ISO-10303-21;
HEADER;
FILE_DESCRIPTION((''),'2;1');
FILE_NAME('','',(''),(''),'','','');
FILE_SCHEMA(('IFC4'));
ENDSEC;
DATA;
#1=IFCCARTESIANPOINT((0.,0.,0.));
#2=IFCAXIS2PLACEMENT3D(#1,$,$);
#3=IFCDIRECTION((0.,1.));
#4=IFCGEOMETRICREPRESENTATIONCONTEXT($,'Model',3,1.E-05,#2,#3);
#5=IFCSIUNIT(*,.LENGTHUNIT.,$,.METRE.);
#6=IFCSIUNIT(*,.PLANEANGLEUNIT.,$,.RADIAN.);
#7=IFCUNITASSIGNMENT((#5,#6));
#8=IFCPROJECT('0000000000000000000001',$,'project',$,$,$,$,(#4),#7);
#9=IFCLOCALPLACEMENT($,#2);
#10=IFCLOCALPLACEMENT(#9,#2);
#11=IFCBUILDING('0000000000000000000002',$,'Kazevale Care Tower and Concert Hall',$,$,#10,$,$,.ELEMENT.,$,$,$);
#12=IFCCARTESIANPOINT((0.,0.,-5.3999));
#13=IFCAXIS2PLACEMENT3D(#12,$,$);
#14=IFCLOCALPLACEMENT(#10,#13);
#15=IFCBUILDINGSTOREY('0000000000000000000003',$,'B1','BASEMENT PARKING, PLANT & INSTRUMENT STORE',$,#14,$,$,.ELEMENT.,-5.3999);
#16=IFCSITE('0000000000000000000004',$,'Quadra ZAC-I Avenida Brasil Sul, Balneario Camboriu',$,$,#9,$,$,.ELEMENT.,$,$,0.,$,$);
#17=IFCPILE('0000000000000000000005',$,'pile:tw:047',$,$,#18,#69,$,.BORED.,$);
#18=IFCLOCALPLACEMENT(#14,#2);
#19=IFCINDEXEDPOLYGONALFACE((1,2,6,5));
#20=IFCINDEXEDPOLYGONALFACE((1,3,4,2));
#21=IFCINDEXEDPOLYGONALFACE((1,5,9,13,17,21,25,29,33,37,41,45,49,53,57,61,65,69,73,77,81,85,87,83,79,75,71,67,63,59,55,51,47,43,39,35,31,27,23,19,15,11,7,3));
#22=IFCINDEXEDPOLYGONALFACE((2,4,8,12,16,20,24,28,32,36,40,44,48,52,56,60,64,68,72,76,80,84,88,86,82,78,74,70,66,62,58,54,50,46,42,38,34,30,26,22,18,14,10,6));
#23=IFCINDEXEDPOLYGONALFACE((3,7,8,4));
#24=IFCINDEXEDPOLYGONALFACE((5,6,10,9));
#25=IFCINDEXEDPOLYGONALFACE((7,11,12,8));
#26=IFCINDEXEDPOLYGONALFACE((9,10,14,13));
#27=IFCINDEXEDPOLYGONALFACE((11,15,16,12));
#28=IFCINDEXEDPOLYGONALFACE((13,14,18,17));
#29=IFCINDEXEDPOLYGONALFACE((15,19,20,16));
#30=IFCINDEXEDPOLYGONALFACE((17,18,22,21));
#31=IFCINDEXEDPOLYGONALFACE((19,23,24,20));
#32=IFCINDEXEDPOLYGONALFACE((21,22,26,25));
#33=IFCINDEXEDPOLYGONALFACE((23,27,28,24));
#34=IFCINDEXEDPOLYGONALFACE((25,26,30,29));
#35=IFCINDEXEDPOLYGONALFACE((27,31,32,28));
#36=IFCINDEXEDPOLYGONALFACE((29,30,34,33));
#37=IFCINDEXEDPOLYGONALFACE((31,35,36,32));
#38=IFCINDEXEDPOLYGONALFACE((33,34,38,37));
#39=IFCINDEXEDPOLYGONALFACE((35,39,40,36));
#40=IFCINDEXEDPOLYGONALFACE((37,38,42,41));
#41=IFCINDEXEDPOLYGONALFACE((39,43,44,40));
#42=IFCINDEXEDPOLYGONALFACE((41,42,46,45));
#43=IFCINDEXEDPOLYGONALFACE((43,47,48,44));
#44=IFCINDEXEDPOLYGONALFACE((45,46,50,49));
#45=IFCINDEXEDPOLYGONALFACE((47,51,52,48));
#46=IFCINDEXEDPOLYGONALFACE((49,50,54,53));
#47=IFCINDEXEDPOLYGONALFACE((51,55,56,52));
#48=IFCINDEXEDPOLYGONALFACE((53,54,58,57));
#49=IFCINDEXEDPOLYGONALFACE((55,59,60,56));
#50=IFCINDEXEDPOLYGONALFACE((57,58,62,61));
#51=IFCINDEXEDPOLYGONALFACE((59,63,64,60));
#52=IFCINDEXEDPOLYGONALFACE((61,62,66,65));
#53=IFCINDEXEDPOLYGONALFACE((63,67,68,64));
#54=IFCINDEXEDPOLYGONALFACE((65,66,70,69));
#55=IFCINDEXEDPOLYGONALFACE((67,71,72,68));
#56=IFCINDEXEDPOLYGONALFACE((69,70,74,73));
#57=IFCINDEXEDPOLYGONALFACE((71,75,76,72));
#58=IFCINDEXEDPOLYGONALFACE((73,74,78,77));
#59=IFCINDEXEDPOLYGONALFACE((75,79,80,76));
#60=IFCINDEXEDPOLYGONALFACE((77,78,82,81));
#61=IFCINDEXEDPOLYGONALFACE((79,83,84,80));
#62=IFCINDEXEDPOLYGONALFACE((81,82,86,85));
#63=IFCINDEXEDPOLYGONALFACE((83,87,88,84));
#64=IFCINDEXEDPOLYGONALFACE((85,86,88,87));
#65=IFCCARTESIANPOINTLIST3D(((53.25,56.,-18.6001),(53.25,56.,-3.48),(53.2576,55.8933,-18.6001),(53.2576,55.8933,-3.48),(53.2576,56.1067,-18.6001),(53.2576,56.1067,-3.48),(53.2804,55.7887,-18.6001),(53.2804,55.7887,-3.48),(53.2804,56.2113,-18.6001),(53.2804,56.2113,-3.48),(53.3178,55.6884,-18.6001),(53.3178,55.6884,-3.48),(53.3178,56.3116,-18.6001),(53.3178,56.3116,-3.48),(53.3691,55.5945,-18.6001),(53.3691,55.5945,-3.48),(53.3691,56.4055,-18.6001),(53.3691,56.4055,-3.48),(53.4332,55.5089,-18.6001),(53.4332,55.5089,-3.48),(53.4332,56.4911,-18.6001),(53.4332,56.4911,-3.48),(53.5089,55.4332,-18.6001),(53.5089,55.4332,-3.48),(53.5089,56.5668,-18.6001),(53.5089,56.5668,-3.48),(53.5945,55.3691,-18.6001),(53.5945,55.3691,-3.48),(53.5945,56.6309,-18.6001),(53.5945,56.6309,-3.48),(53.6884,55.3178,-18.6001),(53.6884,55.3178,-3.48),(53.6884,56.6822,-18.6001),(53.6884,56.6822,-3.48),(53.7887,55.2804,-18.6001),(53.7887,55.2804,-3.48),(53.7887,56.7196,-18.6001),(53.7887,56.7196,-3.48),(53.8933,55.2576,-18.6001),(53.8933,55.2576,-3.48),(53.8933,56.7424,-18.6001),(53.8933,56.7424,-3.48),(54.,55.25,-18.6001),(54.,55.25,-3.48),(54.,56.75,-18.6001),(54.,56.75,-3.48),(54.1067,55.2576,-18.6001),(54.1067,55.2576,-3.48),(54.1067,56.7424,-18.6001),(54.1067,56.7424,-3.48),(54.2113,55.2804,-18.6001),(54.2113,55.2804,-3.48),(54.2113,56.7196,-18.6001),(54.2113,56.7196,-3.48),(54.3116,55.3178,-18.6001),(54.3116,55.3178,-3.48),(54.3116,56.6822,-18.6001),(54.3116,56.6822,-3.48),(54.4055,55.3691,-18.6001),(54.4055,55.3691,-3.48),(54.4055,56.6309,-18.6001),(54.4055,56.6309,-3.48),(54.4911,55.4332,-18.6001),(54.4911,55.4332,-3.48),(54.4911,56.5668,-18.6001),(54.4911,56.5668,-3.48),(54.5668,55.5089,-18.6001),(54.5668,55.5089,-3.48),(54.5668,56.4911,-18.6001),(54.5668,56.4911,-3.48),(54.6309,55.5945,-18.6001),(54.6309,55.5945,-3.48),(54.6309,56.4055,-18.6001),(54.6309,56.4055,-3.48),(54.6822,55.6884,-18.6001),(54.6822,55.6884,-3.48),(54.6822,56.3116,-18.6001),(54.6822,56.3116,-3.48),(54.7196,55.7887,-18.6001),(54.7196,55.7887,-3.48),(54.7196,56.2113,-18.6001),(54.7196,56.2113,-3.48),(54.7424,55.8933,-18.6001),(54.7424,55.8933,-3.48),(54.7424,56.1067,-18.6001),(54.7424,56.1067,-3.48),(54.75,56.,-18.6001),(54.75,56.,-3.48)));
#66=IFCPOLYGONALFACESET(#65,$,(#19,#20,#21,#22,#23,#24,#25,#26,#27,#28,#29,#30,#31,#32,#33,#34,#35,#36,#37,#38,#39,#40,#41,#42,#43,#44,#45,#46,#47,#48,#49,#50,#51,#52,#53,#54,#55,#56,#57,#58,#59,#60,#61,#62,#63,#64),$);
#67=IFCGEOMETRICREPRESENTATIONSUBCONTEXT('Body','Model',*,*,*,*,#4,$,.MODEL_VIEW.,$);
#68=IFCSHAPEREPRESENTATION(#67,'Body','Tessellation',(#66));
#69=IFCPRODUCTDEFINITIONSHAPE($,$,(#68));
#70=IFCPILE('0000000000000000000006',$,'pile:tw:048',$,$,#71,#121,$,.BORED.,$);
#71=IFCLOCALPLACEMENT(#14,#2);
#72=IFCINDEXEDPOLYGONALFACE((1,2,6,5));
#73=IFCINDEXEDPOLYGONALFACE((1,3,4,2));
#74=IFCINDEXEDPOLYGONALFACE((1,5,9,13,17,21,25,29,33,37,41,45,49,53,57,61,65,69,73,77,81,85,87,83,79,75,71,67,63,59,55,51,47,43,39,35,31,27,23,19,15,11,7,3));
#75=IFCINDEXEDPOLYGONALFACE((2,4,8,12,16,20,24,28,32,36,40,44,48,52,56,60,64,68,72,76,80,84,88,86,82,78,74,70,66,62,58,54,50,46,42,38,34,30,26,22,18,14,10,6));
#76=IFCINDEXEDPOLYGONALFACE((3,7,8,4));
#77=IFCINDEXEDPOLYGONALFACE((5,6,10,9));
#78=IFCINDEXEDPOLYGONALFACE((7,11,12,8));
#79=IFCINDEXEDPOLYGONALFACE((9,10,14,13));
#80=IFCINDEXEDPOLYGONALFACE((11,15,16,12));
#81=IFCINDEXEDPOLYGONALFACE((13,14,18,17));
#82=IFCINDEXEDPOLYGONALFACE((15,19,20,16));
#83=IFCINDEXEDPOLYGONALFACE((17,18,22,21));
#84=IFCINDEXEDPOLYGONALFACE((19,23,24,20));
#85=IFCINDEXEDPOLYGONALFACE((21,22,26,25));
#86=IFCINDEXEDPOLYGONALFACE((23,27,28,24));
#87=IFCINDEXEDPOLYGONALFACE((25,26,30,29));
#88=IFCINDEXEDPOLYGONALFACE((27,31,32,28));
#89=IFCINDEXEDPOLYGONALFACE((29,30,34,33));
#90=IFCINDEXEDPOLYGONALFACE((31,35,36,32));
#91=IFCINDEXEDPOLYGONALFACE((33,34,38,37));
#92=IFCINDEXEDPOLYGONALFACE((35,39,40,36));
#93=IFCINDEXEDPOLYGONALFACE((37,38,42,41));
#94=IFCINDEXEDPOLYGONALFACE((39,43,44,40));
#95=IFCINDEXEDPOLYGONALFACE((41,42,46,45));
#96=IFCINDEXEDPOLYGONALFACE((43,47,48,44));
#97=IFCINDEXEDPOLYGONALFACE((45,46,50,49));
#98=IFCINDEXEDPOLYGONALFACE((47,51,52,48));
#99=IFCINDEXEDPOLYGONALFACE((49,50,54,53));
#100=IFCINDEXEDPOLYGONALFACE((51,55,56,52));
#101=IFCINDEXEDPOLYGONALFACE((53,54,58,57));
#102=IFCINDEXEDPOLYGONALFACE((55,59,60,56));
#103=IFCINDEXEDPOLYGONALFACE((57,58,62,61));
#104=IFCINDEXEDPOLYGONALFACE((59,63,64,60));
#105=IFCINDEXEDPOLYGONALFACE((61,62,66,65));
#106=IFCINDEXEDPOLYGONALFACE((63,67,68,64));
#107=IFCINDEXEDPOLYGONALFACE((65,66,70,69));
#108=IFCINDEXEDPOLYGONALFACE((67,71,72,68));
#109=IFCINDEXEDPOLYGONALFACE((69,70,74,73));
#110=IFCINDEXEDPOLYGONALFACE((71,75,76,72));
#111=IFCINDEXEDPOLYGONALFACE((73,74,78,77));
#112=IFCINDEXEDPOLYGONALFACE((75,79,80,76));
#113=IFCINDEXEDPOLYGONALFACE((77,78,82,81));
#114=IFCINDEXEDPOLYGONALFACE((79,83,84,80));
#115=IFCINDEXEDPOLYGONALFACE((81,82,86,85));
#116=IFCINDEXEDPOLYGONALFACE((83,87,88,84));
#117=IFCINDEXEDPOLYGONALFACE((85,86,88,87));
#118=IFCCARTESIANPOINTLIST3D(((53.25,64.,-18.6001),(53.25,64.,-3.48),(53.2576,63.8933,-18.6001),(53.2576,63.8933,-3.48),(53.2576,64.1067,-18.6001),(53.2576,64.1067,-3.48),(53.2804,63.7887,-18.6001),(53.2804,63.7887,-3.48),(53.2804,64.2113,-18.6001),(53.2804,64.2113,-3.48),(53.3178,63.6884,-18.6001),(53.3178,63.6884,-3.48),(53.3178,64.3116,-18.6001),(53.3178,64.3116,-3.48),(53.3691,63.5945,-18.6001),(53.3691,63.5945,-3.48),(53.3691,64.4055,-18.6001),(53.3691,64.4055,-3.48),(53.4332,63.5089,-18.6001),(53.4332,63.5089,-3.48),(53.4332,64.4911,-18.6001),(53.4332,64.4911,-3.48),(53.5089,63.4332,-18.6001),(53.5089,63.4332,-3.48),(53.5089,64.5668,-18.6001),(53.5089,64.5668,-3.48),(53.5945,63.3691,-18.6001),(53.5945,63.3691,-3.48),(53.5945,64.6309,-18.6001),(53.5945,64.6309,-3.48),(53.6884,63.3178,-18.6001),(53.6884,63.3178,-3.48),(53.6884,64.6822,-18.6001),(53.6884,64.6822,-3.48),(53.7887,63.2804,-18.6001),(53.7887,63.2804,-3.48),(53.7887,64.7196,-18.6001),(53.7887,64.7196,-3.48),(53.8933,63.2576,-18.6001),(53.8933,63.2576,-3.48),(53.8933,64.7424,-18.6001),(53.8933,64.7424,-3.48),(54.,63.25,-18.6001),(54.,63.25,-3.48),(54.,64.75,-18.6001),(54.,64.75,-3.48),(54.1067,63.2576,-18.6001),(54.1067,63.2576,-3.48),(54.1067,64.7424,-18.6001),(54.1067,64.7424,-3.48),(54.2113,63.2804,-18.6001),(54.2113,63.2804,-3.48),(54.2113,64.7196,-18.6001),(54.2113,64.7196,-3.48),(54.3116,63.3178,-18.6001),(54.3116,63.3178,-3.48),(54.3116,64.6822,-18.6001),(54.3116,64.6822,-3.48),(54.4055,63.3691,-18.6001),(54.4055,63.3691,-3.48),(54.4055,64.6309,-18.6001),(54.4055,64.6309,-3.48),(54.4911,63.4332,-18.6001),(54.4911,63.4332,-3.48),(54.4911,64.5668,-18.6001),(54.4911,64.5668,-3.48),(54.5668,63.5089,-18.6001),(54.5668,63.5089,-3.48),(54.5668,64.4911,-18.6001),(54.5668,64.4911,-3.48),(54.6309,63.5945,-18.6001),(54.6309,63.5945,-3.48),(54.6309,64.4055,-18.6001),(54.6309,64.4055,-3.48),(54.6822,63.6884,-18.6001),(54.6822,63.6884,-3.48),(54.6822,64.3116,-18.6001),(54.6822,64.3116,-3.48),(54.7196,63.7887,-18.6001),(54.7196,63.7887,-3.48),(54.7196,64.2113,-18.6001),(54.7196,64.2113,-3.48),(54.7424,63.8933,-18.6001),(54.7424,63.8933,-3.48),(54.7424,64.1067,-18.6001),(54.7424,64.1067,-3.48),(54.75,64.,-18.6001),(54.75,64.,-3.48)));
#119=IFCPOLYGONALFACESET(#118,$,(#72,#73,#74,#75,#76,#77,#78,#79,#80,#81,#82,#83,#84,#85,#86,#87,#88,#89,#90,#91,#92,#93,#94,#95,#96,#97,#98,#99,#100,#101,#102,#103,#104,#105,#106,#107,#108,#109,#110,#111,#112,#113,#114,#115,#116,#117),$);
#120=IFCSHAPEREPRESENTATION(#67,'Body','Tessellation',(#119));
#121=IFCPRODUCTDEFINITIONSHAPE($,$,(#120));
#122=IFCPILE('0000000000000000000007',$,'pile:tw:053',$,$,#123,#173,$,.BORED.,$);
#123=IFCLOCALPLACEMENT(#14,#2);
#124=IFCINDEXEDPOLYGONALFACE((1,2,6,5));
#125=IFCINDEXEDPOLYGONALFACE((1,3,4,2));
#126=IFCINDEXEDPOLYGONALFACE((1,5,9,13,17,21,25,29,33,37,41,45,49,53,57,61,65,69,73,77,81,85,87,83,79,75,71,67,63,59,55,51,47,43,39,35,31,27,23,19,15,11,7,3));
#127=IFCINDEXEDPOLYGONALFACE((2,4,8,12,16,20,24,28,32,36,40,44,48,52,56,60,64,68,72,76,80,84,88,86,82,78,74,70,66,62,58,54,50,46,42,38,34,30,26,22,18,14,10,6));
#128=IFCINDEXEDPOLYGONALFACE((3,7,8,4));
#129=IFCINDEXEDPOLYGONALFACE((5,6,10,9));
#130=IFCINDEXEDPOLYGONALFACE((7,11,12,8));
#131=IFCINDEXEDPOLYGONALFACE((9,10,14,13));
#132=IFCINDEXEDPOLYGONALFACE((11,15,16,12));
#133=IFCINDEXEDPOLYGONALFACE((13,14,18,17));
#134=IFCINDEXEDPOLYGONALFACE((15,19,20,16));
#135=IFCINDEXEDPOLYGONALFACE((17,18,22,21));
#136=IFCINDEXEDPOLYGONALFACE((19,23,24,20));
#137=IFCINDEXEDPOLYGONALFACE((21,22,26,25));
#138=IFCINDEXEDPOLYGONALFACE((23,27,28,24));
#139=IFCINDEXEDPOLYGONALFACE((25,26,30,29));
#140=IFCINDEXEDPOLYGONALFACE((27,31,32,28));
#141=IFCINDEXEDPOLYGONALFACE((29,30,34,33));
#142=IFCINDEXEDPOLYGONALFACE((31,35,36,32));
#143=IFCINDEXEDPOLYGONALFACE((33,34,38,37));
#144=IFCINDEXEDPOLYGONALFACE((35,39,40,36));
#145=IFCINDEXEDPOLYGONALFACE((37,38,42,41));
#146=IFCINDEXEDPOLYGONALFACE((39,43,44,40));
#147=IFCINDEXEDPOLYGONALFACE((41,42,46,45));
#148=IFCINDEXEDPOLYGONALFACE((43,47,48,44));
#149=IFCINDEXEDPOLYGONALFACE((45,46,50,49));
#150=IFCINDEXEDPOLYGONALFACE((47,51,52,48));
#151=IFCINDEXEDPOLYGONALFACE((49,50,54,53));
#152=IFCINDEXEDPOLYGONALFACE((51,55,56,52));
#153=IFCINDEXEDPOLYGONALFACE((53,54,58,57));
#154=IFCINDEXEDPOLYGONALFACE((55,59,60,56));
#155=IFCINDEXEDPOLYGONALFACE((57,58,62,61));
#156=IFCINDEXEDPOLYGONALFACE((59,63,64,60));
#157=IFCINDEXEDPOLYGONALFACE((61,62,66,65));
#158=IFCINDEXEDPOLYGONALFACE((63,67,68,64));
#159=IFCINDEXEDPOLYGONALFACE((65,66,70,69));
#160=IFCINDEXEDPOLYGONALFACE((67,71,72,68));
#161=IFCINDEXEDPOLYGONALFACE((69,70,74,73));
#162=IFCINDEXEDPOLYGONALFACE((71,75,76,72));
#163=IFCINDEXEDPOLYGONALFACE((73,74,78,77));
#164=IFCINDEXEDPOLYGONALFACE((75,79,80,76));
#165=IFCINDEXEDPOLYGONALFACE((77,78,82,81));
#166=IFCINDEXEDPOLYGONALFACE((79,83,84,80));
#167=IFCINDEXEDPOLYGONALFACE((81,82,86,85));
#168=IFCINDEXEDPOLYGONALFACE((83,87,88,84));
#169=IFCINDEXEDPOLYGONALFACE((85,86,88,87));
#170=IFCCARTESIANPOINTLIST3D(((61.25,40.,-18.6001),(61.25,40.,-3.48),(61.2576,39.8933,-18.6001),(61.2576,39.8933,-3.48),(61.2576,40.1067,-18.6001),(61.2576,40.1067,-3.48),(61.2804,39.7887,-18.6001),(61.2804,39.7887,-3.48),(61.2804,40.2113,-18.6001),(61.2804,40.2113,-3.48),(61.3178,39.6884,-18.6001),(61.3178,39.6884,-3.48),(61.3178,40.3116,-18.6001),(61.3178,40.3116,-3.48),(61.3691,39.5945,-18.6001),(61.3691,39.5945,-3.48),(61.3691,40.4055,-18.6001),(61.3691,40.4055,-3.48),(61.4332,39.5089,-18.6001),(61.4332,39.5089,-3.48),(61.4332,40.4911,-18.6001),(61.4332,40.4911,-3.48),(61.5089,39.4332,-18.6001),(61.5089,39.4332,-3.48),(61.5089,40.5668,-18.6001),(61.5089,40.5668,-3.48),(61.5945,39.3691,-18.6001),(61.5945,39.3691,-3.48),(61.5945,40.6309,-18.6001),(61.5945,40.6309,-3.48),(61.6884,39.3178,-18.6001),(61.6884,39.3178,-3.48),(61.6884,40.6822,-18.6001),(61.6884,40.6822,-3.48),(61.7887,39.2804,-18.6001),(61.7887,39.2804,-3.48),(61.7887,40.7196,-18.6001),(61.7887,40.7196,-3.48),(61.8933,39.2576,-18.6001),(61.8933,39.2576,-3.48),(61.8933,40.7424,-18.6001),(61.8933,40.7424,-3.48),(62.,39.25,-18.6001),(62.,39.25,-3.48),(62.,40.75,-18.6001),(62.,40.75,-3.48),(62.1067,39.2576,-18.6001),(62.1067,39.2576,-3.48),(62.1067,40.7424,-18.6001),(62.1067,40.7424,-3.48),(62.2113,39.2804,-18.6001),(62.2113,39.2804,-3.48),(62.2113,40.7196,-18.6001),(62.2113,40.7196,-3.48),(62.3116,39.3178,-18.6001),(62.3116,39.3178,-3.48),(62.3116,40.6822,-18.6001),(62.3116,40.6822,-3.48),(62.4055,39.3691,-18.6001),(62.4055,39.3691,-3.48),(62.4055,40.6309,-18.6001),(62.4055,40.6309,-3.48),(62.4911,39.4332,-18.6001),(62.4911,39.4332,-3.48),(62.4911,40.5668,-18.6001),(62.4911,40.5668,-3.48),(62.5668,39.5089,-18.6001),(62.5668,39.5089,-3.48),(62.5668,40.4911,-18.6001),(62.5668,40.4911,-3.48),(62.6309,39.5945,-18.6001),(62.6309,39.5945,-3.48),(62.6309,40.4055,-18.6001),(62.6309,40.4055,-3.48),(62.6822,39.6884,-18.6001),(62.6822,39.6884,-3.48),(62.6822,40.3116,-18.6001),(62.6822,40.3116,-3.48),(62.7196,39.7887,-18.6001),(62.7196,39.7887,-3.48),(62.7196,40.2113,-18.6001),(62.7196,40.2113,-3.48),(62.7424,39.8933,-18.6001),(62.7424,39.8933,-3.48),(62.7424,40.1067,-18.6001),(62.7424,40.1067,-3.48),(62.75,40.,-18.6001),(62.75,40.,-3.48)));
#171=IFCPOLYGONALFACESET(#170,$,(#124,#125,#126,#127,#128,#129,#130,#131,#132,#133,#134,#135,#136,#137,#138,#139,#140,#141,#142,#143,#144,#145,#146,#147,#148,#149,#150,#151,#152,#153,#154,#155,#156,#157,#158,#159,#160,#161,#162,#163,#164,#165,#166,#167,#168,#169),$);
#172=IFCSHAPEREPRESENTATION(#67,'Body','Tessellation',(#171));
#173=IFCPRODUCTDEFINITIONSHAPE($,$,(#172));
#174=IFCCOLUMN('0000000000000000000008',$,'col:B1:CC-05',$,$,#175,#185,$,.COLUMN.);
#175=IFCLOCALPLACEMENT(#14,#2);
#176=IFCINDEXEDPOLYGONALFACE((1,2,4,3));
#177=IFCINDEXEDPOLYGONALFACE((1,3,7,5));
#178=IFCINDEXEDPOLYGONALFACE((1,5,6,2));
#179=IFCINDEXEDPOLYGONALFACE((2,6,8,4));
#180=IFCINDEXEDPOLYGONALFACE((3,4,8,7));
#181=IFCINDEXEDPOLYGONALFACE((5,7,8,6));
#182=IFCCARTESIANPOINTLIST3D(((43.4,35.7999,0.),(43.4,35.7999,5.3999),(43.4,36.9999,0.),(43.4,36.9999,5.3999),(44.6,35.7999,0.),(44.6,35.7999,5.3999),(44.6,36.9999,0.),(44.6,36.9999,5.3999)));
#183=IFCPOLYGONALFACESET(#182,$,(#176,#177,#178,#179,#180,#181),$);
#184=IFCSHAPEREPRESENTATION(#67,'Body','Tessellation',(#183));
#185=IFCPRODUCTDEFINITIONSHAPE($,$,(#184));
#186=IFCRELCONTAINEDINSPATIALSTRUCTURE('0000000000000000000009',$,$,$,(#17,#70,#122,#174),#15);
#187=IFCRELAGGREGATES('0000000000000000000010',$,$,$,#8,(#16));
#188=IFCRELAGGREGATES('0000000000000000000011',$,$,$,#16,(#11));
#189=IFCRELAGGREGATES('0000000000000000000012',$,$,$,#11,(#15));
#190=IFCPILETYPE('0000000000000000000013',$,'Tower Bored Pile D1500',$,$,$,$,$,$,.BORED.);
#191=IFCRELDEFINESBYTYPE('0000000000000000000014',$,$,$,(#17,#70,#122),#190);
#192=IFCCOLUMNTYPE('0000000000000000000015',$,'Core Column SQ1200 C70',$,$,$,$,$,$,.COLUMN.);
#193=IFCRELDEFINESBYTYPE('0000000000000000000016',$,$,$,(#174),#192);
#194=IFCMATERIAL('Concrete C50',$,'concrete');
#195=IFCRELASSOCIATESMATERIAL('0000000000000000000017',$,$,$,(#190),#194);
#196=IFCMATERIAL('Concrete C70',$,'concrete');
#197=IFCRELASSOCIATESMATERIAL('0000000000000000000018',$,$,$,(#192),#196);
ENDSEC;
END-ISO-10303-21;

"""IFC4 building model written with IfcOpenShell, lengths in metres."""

from ifc_helpers import new_model, si_unit, direction, frame, origin, origin_2d, place, context, subcontext, project, spatial, rectangle, circle, extrude, material, material_profile, profile_set, type_object, element, save


model = new_model("IFC4")

# Units and contexts
model_context = context("Model", 3, precision=1e-05, world=origin(), true_north=direction((0.0, 1.0)))
body_context = subcontext(model_context, "Body", "Model", "MODEL_VIEW")
ifc_project = project(units=[si_unit("LENGTHUNIT", "METRE"), si_unit("PLANEANGLEUNIT", "RADIAN")], contexts=[model_context])

# Site, building, storey
site_placement = place(None, origin())
site = spatial("IfcSite", under=ifc_project, at=site_placement, Name="Quadra ZAC-I Avenida Brasil Sul, Balneario Camboriu", CompositionType="ELEMENT", RefElevation=0.0)
building_placement = place(site_placement, origin())
building = spatial("IfcBuilding", under=site, at=building_placement, Name="Kazevale Care Tower and Concert Hall", CompositionType="ELEMENT")
storey_placement = place(building_placement, frame((0.0, 0.0, -5.3999)))
storey = spatial("IfcBuildingStorey", under=building, at=storey_placement, Name="B1", Description="BASEMENT PARKING, PLANT & INSTRUMENT STORE", CompositionType="ELEMENT", Elevation=-5.3999)

# Piles
ifc_material_1 = material(Name="Concrete C50", Category="concrete")
ifc_material_profile_1 = material_profile(ifc_material_1, circle(Radius=0.75, at=origin_2d()), Name="PILE-D1500")
ifc_profile_set_1 = profile_set([ifc_material_profile_1], Name="Concrete C50")
pile_type = type_object("IfcPileType", Name="Tower Bored Pile D1500", PredefinedType="BORED", material=ifc_profile_set_1)
for number, where, z_axis, x_axis, name in (
    (1, (54.0, 56.0, -3.48), (0.0, 0.0, -1.0), (1.0, 0.0, 0.0), "pile:tw:047"),
    (2, (54.0, 64.0, -3.48), (0.0, 0.0, -1.0), (1.0, 0.0, 0.0), "pile:tw:048"),
    (3, (62.0, 40.0, -3.48), (0.0, 0.0, -1.0), (1.0, 0.0, 0.0), "pile:tw:053"),
):
    element("IfcPile", number, at=place(storey_placement, frame(where, z_axis=z_axis, x_axis=x_axis)), inside=storey, type_object=pile_type, Name=name, PredefinedType="BORED", context=body_context, shape_type="SweptSolid", body=[
        extrude(circle(Radius=0.75, at=origin_2d()), origin(), (0.0, 0.0, 1.0), 15.1201),
    ])

# Column
ifc_material_2 = material(Name="Concrete C70", Category="concrete")
ifc_material_profile_2 = material_profile(ifc_material_2, rectangle(XDim=1.2, YDim=1.2, at=origin_2d()), Name="RC-SQ1200")
ifc_profile_set_2 = profile_set([ifc_material_profile_2], Name="Concrete C70")
column_type_1 = type_object("IfcColumnType", Name="Core Column SQ1200 C70", PredefinedType="COLUMN", material=ifc_profile_set_2)
column_1_placement = place(storey_placement, frame((44.0, 36.3999, 0.0), z_axis=(0.0, 0.0, 1.0), x_axis=(1.0, 0.0, 0.0)))
element("IfcColumn", 4, at=column_1_placement, inside=storey, type_object=column_type_1, Name="col:B1:CC-05", PredefinedType="COLUMN", context=body_context, shape_type="SweptSolid", body=[
    extrude(rectangle(XDim=1.2, YDim=1.2, at=origin_2d()), origin(), (0.0, 0.0, 1.0), 5.3999),
])

save(model, "model.ifc")
